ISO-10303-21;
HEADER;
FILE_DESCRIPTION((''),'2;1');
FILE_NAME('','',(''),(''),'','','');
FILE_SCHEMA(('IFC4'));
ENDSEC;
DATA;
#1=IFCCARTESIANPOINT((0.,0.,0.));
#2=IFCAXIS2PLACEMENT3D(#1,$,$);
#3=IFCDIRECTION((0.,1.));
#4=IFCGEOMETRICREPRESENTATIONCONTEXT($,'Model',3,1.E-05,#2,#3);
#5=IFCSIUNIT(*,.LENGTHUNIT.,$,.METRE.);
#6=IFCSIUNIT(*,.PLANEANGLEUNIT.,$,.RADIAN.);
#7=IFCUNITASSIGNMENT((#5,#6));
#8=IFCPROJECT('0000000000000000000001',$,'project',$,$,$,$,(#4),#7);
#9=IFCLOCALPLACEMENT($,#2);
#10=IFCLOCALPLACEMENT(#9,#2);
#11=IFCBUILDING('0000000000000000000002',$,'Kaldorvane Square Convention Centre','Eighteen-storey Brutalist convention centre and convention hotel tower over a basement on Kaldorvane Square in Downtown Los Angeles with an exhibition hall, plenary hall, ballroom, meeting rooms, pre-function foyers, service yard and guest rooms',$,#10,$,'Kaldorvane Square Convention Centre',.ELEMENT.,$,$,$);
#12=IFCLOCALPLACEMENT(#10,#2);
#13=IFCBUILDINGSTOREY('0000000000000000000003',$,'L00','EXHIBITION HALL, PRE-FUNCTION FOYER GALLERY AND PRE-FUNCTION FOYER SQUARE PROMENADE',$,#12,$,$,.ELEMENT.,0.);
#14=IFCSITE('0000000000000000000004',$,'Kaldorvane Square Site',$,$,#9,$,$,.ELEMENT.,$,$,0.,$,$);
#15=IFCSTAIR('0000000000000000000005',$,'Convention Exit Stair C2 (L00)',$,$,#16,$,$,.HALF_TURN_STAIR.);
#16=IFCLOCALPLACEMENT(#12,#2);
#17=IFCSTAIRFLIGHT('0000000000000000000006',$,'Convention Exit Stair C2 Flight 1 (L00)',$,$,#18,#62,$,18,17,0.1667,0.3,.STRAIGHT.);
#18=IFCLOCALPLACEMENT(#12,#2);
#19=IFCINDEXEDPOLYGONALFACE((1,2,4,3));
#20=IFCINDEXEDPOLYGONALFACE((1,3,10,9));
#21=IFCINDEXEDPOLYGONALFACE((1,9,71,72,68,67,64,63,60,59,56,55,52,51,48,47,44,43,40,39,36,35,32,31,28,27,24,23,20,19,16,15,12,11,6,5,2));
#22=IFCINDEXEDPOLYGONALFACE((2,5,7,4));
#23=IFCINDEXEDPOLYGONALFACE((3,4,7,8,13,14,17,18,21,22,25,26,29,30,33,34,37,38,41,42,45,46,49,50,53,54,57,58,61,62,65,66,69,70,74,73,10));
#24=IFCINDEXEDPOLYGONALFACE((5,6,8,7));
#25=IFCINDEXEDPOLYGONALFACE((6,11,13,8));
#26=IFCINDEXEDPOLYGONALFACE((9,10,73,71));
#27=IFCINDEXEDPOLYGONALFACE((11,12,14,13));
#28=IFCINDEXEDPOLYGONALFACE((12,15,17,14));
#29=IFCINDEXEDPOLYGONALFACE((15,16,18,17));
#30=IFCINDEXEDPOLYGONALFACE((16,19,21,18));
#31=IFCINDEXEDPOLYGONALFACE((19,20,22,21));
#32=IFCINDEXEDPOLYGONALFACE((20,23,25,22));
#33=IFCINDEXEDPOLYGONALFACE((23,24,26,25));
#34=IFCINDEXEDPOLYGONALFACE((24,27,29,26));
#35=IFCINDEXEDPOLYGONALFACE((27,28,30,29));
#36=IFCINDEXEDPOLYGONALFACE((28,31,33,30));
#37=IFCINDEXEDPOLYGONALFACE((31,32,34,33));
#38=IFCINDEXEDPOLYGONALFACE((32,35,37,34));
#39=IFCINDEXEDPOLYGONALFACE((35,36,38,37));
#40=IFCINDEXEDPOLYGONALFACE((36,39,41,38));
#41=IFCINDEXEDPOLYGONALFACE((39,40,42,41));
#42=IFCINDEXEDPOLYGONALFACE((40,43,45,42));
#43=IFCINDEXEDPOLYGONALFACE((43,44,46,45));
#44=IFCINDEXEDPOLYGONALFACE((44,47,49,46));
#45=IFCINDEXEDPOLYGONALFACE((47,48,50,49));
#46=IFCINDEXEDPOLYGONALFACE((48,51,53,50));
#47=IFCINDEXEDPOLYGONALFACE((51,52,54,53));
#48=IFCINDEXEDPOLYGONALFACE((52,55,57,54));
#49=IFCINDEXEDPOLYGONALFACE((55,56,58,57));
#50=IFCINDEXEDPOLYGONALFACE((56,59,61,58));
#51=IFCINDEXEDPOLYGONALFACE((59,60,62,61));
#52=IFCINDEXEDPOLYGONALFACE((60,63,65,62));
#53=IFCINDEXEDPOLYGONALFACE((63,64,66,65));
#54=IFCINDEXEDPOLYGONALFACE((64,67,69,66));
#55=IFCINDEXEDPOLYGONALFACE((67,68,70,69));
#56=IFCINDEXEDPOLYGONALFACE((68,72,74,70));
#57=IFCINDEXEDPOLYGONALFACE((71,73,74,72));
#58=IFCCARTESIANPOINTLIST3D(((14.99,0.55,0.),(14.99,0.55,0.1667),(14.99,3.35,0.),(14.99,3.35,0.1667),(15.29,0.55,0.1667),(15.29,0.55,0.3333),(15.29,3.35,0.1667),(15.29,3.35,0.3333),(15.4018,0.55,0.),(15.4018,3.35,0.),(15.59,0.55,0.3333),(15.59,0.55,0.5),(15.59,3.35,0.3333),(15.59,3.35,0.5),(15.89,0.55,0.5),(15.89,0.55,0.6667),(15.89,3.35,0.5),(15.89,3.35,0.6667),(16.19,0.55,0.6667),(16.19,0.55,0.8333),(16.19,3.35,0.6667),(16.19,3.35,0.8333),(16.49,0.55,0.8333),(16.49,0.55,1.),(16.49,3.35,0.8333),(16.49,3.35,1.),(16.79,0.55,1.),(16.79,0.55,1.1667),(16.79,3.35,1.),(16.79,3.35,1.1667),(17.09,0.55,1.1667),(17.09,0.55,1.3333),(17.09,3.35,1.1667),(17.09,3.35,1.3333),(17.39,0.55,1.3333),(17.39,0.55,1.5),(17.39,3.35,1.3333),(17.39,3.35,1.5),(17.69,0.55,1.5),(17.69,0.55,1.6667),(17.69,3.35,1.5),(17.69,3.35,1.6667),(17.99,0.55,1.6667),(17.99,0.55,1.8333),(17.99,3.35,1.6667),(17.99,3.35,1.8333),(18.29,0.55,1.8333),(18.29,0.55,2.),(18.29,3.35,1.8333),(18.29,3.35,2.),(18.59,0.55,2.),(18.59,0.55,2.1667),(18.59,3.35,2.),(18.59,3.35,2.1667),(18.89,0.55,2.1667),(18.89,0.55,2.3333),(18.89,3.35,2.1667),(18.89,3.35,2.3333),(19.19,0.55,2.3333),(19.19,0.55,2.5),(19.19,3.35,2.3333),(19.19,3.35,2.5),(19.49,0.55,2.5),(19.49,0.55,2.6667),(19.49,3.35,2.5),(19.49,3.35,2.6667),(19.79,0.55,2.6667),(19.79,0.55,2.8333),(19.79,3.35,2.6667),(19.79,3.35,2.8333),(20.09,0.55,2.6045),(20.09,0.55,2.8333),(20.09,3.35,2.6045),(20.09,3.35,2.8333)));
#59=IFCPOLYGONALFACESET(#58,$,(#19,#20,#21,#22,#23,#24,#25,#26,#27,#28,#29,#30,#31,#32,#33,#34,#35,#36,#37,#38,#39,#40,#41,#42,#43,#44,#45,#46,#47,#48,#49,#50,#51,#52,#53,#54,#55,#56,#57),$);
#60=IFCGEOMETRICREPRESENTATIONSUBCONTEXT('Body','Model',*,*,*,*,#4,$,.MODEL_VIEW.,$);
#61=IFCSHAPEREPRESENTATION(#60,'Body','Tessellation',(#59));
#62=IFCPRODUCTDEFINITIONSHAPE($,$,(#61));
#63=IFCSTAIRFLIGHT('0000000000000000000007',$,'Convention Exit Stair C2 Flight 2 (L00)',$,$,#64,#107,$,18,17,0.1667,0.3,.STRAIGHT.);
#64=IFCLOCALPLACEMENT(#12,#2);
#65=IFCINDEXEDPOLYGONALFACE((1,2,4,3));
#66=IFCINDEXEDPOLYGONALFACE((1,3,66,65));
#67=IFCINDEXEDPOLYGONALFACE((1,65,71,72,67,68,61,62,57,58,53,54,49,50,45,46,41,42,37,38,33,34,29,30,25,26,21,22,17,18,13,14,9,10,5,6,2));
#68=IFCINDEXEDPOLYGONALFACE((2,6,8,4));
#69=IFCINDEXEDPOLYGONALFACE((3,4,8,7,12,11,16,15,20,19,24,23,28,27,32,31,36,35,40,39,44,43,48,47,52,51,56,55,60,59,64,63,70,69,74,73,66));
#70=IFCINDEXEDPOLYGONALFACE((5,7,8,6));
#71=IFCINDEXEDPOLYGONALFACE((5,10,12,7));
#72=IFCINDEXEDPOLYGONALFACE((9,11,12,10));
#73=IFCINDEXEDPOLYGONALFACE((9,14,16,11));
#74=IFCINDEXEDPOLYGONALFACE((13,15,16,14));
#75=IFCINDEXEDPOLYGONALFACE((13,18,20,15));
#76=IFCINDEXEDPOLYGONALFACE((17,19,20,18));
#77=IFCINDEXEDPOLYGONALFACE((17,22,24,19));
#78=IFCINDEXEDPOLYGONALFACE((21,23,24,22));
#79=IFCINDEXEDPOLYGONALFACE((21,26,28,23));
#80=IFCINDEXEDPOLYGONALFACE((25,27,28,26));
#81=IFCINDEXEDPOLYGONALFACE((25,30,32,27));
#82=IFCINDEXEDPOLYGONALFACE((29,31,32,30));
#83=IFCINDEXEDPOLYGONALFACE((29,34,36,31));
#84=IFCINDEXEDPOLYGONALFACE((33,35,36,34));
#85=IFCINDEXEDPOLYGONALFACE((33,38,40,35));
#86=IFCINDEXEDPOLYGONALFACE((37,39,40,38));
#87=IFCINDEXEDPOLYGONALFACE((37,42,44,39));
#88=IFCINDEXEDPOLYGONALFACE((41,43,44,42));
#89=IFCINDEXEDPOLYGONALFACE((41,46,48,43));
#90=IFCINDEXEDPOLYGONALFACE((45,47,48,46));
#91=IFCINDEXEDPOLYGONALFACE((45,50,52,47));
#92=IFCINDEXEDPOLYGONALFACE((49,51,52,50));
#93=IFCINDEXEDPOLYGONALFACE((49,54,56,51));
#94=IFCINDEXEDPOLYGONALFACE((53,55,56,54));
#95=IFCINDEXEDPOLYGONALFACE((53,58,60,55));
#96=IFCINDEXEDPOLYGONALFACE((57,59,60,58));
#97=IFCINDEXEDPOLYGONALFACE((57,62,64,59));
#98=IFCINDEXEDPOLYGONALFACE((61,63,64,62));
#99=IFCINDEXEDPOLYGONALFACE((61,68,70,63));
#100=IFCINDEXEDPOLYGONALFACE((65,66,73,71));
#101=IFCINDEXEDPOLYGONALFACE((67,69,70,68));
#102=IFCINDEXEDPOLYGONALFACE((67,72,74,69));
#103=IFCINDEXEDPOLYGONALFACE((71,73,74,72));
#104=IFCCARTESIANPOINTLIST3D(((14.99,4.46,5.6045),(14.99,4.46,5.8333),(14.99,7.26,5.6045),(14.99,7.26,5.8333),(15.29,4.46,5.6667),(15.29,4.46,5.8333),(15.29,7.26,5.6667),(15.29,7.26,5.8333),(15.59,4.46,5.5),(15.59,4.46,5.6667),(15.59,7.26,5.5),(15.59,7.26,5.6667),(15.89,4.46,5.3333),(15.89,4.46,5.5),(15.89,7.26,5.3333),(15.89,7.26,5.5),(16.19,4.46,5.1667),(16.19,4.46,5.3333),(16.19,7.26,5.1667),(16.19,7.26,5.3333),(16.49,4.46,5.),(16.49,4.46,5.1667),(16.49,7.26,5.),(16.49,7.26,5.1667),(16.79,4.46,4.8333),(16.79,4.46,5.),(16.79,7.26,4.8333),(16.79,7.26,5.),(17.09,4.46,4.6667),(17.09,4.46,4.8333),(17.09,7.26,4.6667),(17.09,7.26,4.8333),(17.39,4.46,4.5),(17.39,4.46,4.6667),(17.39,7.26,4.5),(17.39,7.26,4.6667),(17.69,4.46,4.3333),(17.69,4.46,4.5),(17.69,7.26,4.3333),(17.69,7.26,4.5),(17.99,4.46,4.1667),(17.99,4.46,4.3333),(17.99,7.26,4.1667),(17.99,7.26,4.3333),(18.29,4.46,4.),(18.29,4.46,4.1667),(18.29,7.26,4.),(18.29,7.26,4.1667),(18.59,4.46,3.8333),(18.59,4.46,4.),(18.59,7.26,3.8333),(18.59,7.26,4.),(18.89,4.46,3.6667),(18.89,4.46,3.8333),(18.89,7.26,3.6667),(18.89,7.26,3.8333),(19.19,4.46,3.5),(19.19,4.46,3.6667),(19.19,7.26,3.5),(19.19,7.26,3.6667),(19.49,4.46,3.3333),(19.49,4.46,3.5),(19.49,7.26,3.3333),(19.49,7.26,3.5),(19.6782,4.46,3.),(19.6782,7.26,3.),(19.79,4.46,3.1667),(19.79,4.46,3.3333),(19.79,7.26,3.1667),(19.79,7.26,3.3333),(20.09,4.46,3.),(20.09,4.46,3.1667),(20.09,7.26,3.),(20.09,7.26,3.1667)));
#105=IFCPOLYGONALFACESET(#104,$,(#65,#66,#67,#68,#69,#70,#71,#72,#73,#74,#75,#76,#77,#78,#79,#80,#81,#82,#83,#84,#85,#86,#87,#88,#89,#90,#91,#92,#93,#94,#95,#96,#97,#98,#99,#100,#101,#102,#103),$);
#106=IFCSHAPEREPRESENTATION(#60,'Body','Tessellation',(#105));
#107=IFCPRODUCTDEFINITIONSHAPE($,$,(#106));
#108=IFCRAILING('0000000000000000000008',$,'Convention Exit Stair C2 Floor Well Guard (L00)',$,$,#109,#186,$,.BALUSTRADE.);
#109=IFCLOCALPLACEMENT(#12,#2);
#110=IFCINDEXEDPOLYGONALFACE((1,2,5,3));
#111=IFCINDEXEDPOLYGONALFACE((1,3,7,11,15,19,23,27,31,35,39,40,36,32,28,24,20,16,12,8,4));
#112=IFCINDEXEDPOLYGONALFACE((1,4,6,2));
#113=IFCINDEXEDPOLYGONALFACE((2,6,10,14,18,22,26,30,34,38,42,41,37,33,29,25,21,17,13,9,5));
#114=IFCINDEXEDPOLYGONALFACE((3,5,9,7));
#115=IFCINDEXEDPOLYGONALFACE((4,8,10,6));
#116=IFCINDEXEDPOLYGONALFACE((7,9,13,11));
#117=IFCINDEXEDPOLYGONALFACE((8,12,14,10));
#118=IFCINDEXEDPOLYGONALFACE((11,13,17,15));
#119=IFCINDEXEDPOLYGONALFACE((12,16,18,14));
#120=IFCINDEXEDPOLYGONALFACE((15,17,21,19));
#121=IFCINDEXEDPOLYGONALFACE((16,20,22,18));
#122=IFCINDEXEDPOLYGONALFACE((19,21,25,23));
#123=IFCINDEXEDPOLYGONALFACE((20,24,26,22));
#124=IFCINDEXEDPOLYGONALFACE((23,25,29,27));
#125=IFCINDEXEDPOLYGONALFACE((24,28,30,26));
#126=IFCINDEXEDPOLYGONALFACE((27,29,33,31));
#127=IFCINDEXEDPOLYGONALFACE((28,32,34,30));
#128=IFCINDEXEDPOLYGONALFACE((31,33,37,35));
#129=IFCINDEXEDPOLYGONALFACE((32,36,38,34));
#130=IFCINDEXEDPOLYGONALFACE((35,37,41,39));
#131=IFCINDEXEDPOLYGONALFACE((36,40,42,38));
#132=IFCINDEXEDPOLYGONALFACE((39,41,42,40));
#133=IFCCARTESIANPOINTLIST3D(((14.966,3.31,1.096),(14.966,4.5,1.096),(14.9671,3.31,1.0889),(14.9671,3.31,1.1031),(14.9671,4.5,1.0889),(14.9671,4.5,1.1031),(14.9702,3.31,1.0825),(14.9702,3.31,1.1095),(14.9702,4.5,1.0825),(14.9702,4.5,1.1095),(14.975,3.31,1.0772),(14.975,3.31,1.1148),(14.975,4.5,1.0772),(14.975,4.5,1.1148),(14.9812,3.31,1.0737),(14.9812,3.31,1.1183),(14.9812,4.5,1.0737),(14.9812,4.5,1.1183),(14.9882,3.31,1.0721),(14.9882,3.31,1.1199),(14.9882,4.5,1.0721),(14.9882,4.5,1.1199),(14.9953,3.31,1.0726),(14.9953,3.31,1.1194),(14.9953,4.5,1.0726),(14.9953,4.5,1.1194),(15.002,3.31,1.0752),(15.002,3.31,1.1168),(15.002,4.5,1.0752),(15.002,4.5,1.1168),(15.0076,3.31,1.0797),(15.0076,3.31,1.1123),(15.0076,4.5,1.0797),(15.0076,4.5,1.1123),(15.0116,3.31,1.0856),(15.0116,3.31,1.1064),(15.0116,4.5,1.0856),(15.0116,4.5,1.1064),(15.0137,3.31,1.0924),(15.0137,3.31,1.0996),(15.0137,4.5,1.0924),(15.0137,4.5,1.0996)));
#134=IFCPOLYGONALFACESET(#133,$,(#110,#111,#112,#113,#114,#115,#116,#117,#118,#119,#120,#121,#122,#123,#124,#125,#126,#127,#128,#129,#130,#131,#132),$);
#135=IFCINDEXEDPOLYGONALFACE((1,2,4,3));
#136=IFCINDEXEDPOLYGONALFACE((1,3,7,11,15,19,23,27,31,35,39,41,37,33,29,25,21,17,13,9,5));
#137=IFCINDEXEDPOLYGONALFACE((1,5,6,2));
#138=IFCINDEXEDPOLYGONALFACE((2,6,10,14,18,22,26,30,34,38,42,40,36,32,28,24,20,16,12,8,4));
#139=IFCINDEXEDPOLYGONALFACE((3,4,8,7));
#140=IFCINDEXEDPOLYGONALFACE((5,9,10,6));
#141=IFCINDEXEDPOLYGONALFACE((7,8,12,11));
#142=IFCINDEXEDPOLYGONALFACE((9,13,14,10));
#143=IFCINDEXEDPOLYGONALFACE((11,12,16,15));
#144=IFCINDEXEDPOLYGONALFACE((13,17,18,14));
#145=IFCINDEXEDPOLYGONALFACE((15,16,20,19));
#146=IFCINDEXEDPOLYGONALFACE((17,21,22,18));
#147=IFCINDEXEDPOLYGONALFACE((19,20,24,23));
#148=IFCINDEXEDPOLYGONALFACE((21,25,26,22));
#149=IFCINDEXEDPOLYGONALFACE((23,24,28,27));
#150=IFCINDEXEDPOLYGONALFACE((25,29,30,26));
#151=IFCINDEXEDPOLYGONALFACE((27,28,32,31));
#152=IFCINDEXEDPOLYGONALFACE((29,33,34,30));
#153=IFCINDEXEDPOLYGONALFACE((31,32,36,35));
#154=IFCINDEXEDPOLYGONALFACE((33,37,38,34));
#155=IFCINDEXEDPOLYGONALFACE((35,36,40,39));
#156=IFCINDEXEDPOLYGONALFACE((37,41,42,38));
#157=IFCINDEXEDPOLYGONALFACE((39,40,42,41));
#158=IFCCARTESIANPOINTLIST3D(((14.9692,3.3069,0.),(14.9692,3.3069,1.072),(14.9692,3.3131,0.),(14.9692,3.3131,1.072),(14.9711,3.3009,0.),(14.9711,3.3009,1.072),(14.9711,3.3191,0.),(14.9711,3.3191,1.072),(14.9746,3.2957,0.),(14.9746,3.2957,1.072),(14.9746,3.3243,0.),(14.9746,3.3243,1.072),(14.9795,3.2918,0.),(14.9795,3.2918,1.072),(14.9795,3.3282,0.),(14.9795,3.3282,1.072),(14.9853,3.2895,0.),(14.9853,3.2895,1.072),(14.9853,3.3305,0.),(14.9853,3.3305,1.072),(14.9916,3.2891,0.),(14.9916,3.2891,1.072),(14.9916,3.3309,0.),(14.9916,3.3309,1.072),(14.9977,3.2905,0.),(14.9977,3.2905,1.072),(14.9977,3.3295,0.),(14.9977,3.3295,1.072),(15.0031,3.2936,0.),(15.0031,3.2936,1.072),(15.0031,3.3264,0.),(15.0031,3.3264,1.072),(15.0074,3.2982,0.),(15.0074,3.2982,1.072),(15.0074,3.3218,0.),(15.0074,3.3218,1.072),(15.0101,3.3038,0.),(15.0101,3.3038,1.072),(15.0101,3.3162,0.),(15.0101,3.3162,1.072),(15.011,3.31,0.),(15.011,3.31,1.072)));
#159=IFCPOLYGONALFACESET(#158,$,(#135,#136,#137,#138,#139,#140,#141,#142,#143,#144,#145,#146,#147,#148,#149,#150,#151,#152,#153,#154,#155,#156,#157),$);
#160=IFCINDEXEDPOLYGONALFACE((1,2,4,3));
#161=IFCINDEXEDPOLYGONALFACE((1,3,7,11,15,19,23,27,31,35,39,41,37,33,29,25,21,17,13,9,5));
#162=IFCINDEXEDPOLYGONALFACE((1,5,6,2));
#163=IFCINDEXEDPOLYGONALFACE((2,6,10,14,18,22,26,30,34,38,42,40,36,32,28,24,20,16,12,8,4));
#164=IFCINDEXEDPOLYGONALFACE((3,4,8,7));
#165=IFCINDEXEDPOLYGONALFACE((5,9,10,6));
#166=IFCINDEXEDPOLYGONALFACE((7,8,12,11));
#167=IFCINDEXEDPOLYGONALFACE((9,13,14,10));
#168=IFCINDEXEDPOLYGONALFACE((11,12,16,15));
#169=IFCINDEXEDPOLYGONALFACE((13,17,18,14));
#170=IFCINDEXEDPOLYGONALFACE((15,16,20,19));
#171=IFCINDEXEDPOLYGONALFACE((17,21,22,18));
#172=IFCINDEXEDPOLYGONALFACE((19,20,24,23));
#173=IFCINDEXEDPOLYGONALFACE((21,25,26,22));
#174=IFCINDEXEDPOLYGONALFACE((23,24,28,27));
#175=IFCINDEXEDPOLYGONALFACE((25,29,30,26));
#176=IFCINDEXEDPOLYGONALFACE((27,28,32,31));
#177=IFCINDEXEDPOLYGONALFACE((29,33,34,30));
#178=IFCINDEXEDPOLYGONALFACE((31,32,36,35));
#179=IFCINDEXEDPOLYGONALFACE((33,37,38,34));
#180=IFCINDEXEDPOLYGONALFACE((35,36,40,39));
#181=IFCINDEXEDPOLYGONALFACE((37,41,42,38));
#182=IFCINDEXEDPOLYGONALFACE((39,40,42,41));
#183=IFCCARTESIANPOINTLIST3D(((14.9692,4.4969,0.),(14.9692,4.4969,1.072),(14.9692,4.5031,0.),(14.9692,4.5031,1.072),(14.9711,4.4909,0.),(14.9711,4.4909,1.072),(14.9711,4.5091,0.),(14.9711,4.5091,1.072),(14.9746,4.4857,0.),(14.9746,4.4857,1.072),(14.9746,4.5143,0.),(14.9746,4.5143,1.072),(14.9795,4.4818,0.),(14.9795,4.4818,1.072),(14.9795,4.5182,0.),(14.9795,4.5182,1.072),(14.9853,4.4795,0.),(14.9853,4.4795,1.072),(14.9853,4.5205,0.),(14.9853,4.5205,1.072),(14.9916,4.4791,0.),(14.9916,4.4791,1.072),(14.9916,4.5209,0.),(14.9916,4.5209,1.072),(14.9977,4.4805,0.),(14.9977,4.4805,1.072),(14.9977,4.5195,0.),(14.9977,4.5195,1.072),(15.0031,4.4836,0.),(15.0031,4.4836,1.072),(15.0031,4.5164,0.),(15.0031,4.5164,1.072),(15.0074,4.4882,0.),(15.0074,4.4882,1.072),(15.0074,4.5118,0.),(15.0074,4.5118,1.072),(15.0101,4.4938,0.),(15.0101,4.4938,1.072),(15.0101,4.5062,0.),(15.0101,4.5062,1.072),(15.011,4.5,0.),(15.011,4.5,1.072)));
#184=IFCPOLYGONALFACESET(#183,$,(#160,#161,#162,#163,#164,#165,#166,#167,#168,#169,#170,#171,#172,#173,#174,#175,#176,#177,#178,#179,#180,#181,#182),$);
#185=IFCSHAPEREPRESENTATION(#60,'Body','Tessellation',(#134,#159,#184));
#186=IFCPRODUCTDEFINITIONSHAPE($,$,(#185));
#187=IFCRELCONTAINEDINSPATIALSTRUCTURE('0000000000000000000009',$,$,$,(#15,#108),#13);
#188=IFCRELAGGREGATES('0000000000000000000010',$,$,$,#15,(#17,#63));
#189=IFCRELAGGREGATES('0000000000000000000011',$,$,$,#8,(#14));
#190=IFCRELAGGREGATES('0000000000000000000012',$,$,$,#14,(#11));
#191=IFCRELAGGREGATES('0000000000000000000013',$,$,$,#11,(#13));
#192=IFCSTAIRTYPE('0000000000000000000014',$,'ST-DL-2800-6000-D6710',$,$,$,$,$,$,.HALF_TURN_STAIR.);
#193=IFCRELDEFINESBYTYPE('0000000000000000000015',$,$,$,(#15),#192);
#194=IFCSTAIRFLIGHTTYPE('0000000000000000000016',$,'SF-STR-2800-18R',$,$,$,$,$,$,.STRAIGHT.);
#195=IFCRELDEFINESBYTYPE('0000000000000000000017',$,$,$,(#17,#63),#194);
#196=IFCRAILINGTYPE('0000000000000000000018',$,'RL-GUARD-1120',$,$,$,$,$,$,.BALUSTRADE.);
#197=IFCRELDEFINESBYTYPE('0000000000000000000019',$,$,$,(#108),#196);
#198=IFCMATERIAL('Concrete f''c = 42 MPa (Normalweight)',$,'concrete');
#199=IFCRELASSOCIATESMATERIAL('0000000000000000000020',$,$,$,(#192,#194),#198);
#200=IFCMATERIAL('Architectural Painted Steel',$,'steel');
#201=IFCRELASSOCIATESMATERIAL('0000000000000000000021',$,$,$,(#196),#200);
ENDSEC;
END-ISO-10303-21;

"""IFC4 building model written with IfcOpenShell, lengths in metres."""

from ifc_helpers import new_model, si_unit, direction, frame, origin, origin_2d, place, context, subcontext, project, spatial, polyline, circle, outline, extrude, material, type_object, element, aggregate, save


model = new_model("IFC4")

# Units and contexts
model_context = context("Model", 3, precision=1e-05, world=origin(), true_north=direction((0.0, 1.0)))
body_context = subcontext(model_context, "Body", "Model", "MODEL_VIEW")
ifc_project = project(units=[si_unit("LENGTHUNIT", "METRE"), si_unit("PLANEANGLEUNIT", "RADIAN")], contexts=[model_context])

# Site, building, storey
site_placement = place(None, origin())
site = spatial("IfcSite", under=ifc_project, at=site_placement, Name="Kaldorvane Square Site", CompositionType="ELEMENT", RefElevation=0.0)
building_placement = place(site_placement, origin())
building = spatial("IfcBuilding", under=site, at=building_placement, Name="Kaldorvane Square Convention Centre", Description="Eighteen-storey Brutalist convention centre and convention hotel tower over a basement on Kaldorvane Square in Downtown Los Angeles with an exhibition hall, plenary hall, ballroom, meeting rooms, pre-function foyers, service yard and guest rooms", LongName="Kaldorvane Square Convention Centre", CompositionType="ELEMENT")
storey_placement = place(building_placement, origin())
storey = spatial("IfcBuildingStorey", under=building, at=storey_placement, Name="L00", Description="EXHIBITION HALL, PRE-FUNCTION FOYER GALLERY AND PRE-FUNCTION FOYER SQUARE PROMENADE", CompositionType="ELEMENT", Elevation=0.0)

# Stair, stair flights
ifc_material_1 = material(Name="Concrete f'c = 42 MPa (Normalweight)", Category="concrete")
stair_type = type_object("IfcStairType", Name="ST-DL-2800-6000-D6710", PredefinedType="HALF_TURN_STAIR", material=ifc_material_1)
stair_placement = place(storey_placement, origin())
stair = element("IfcStair", 1, at=stair_placement, inside=storey, type_object=stair_type, Name="Convention Exit Stair C2 (L00)", PredefinedType="HALF_TURN_STAIR")
stair_flight_type = type_object("IfcStairFlightType", Name="SF-STR-2800-18R", PredefinedType="STRAIGHT", material=ifc_material_1)
stair_flight_1_placement = place(storey_placement, frame((14.99, 1.95, 0.0), z_axis=(0.0, 0.0, 1.0), x_axis=(1.0, 0.0, 0.0)))
stair_flight_1 = element("IfcStairFlight", 2, at=stair_flight_1_placement, type_object=stair_flight_type, Name="Convention Exit Stair C2 Flight 1 (L00)", NumberOfRisers=18, NumberOfTreads=17, PredefinedType="STRAIGHT", RiserHeight=0.1667, TreadLength=0.3, context=body_context, shape_type="SweptSolid", body=[
    extrude(outline(polyline([(0.0, 0.0), (0.0, 0.1667), (0.3, 0.1667), (0.3, 0.3333), (0.6, 0.3333), (0.6, 0.5), (0.9, 0.5), (0.9, 0.6667), (1.2, 0.6667), (1.2, 0.8333), (1.5, 0.8333), (1.5, 1.0), (1.8, 1.0), (1.8, 1.1667), (2.1, 1.1667), (2.1, 1.3333), (2.4, 1.3333), (2.4, 1.5), (2.7, 1.5), (2.7, 1.6667), (3.0, 1.6667), (3.0, 1.8333), (3.3, 1.8333), (3.3, 2.0), (3.6, 2.0), (3.6, 2.1667), (3.9, 2.1667), (3.9, 2.3333), (4.2, 2.3333), (4.2, 2.5), (4.5, 2.5), (4.5, 2.6667), (4.8, 2.6667), (4.8, 2.8333), (5.1, 2.8333), (5.1, 3.0), (5.1, 2.6045), (0.4118, 0.0), (0.0, 0.0)])), frame((0.0, 1.4, 0.0), z_axis=(0.0, -1.0, 0.0), x_axis=(1.0, 0.0, 0.0)), (0.0, 0.0, 1.0), 2.8),
])
stair_flight_2_placement = place(storey_placement, frame((20.09, 5.86, 3.0), z_axis=(0.0, 0.0, 1.0), x_axis=(-1.0, 0.0, 0.0)))
stair_flight_2 = element("IfcStairFlight", 3, at=stair_flight_2_placement, type_object=stair_flight_type, Name="Convention Exit Stair C2 Flight 2 (L00)", NumberOfRisers=18, NumberOfTreads=17, PredefinedType="STRAIGHT", RiserHeight=0.1667, TreadLength=0.3, context=body_context, shape_type="SweptSolid", body=[
    extrude(outline(polyline([(0.0, 0.0), (0.0, 0.1667), (0.3, 0.1667), (0.3, 0.3333), (0.6, 0.3333), (0.6, 0.5), (0.9, 0.5), (0.9, 0.6667), (1.2, 0.6667), (1.2, 0.8333), (1.5, 0.8333), (1.5, 1.0), (1.8, 1.0), (1.8, 1.1667), (2.1, 1.1667), (2.1, 1.3333), (2.4, 1.3333), (2.4, 1.5), (2.7, 1.5), (2.7, 1.6667), (3.0, 1.6667), (3.0, 1.8333), (3.3, 1.8333), (3.3, 2.0), (3.6, 2.0), (3.6, 2.1667), (3.9, 2.1667), (3.9, 2.3333), (4.2, 2.3333), (4.2, 2.5), (4.5, 2.5), (4.5, 2.6667), (4.8, 2.6667), (4.8, 2.8333), (5.1, 2.8333), (5.1, 3.0), (5.1, 2.6045), (0.4118, 0.0), (0.0, 0.0)])), frame((0.0, 1.4, 0.0), z_axis=(0.0, -1.0, 0.0), x_axis=(1.0, 0.0, 0.0)), (0.0, 0.0, 1.0), 2.8),
])
aggregate(stair, [stair_flight_1, stair_flight_2])

# Railing
ifc_material_2 = material(Name="Architectural Painted Steel", Category="steel")
railing_type_1 = type_object("IfcRailingType", Name="RL-GUARD-1120", PredefinedType="BALUSTRADE", material=ifc_material_2)
for number, where, name in (
    (4, (14.99, 3.31, 0.0), "Convention Exit Stair C2 Floor Well Guard (L00)"),
):
    element("IfcRailing", number, at=place(storey_placement, frame(where)), inside=storey, type_object=railing_type_1, Name=name, PredefinedType="BALUSTRADE", context=body_context, shape_type="SweptSolid", body=[
        extrude(circle(Radius=0.024, at=origin_2d()), frame((0.0, 0.0, 1.096), z_axis=(0.0, 1.0, 0.0), x_axis=(-1.0, 0.0, 0.0)), (0.0, 0.0, 1.0), 1.19),
        extrude(circle(Radius=0.021, at=origin_2d()), origin(), (0.0, 0.0, 1.0), 1.072),
        extrude(circle(Radius=0.021, at=origin_2d()), frame((0.0, 1.19, 0.0)), (0.0, 0.0, 1.0), 1.072),
    ])

save(model, "model.ifc")
